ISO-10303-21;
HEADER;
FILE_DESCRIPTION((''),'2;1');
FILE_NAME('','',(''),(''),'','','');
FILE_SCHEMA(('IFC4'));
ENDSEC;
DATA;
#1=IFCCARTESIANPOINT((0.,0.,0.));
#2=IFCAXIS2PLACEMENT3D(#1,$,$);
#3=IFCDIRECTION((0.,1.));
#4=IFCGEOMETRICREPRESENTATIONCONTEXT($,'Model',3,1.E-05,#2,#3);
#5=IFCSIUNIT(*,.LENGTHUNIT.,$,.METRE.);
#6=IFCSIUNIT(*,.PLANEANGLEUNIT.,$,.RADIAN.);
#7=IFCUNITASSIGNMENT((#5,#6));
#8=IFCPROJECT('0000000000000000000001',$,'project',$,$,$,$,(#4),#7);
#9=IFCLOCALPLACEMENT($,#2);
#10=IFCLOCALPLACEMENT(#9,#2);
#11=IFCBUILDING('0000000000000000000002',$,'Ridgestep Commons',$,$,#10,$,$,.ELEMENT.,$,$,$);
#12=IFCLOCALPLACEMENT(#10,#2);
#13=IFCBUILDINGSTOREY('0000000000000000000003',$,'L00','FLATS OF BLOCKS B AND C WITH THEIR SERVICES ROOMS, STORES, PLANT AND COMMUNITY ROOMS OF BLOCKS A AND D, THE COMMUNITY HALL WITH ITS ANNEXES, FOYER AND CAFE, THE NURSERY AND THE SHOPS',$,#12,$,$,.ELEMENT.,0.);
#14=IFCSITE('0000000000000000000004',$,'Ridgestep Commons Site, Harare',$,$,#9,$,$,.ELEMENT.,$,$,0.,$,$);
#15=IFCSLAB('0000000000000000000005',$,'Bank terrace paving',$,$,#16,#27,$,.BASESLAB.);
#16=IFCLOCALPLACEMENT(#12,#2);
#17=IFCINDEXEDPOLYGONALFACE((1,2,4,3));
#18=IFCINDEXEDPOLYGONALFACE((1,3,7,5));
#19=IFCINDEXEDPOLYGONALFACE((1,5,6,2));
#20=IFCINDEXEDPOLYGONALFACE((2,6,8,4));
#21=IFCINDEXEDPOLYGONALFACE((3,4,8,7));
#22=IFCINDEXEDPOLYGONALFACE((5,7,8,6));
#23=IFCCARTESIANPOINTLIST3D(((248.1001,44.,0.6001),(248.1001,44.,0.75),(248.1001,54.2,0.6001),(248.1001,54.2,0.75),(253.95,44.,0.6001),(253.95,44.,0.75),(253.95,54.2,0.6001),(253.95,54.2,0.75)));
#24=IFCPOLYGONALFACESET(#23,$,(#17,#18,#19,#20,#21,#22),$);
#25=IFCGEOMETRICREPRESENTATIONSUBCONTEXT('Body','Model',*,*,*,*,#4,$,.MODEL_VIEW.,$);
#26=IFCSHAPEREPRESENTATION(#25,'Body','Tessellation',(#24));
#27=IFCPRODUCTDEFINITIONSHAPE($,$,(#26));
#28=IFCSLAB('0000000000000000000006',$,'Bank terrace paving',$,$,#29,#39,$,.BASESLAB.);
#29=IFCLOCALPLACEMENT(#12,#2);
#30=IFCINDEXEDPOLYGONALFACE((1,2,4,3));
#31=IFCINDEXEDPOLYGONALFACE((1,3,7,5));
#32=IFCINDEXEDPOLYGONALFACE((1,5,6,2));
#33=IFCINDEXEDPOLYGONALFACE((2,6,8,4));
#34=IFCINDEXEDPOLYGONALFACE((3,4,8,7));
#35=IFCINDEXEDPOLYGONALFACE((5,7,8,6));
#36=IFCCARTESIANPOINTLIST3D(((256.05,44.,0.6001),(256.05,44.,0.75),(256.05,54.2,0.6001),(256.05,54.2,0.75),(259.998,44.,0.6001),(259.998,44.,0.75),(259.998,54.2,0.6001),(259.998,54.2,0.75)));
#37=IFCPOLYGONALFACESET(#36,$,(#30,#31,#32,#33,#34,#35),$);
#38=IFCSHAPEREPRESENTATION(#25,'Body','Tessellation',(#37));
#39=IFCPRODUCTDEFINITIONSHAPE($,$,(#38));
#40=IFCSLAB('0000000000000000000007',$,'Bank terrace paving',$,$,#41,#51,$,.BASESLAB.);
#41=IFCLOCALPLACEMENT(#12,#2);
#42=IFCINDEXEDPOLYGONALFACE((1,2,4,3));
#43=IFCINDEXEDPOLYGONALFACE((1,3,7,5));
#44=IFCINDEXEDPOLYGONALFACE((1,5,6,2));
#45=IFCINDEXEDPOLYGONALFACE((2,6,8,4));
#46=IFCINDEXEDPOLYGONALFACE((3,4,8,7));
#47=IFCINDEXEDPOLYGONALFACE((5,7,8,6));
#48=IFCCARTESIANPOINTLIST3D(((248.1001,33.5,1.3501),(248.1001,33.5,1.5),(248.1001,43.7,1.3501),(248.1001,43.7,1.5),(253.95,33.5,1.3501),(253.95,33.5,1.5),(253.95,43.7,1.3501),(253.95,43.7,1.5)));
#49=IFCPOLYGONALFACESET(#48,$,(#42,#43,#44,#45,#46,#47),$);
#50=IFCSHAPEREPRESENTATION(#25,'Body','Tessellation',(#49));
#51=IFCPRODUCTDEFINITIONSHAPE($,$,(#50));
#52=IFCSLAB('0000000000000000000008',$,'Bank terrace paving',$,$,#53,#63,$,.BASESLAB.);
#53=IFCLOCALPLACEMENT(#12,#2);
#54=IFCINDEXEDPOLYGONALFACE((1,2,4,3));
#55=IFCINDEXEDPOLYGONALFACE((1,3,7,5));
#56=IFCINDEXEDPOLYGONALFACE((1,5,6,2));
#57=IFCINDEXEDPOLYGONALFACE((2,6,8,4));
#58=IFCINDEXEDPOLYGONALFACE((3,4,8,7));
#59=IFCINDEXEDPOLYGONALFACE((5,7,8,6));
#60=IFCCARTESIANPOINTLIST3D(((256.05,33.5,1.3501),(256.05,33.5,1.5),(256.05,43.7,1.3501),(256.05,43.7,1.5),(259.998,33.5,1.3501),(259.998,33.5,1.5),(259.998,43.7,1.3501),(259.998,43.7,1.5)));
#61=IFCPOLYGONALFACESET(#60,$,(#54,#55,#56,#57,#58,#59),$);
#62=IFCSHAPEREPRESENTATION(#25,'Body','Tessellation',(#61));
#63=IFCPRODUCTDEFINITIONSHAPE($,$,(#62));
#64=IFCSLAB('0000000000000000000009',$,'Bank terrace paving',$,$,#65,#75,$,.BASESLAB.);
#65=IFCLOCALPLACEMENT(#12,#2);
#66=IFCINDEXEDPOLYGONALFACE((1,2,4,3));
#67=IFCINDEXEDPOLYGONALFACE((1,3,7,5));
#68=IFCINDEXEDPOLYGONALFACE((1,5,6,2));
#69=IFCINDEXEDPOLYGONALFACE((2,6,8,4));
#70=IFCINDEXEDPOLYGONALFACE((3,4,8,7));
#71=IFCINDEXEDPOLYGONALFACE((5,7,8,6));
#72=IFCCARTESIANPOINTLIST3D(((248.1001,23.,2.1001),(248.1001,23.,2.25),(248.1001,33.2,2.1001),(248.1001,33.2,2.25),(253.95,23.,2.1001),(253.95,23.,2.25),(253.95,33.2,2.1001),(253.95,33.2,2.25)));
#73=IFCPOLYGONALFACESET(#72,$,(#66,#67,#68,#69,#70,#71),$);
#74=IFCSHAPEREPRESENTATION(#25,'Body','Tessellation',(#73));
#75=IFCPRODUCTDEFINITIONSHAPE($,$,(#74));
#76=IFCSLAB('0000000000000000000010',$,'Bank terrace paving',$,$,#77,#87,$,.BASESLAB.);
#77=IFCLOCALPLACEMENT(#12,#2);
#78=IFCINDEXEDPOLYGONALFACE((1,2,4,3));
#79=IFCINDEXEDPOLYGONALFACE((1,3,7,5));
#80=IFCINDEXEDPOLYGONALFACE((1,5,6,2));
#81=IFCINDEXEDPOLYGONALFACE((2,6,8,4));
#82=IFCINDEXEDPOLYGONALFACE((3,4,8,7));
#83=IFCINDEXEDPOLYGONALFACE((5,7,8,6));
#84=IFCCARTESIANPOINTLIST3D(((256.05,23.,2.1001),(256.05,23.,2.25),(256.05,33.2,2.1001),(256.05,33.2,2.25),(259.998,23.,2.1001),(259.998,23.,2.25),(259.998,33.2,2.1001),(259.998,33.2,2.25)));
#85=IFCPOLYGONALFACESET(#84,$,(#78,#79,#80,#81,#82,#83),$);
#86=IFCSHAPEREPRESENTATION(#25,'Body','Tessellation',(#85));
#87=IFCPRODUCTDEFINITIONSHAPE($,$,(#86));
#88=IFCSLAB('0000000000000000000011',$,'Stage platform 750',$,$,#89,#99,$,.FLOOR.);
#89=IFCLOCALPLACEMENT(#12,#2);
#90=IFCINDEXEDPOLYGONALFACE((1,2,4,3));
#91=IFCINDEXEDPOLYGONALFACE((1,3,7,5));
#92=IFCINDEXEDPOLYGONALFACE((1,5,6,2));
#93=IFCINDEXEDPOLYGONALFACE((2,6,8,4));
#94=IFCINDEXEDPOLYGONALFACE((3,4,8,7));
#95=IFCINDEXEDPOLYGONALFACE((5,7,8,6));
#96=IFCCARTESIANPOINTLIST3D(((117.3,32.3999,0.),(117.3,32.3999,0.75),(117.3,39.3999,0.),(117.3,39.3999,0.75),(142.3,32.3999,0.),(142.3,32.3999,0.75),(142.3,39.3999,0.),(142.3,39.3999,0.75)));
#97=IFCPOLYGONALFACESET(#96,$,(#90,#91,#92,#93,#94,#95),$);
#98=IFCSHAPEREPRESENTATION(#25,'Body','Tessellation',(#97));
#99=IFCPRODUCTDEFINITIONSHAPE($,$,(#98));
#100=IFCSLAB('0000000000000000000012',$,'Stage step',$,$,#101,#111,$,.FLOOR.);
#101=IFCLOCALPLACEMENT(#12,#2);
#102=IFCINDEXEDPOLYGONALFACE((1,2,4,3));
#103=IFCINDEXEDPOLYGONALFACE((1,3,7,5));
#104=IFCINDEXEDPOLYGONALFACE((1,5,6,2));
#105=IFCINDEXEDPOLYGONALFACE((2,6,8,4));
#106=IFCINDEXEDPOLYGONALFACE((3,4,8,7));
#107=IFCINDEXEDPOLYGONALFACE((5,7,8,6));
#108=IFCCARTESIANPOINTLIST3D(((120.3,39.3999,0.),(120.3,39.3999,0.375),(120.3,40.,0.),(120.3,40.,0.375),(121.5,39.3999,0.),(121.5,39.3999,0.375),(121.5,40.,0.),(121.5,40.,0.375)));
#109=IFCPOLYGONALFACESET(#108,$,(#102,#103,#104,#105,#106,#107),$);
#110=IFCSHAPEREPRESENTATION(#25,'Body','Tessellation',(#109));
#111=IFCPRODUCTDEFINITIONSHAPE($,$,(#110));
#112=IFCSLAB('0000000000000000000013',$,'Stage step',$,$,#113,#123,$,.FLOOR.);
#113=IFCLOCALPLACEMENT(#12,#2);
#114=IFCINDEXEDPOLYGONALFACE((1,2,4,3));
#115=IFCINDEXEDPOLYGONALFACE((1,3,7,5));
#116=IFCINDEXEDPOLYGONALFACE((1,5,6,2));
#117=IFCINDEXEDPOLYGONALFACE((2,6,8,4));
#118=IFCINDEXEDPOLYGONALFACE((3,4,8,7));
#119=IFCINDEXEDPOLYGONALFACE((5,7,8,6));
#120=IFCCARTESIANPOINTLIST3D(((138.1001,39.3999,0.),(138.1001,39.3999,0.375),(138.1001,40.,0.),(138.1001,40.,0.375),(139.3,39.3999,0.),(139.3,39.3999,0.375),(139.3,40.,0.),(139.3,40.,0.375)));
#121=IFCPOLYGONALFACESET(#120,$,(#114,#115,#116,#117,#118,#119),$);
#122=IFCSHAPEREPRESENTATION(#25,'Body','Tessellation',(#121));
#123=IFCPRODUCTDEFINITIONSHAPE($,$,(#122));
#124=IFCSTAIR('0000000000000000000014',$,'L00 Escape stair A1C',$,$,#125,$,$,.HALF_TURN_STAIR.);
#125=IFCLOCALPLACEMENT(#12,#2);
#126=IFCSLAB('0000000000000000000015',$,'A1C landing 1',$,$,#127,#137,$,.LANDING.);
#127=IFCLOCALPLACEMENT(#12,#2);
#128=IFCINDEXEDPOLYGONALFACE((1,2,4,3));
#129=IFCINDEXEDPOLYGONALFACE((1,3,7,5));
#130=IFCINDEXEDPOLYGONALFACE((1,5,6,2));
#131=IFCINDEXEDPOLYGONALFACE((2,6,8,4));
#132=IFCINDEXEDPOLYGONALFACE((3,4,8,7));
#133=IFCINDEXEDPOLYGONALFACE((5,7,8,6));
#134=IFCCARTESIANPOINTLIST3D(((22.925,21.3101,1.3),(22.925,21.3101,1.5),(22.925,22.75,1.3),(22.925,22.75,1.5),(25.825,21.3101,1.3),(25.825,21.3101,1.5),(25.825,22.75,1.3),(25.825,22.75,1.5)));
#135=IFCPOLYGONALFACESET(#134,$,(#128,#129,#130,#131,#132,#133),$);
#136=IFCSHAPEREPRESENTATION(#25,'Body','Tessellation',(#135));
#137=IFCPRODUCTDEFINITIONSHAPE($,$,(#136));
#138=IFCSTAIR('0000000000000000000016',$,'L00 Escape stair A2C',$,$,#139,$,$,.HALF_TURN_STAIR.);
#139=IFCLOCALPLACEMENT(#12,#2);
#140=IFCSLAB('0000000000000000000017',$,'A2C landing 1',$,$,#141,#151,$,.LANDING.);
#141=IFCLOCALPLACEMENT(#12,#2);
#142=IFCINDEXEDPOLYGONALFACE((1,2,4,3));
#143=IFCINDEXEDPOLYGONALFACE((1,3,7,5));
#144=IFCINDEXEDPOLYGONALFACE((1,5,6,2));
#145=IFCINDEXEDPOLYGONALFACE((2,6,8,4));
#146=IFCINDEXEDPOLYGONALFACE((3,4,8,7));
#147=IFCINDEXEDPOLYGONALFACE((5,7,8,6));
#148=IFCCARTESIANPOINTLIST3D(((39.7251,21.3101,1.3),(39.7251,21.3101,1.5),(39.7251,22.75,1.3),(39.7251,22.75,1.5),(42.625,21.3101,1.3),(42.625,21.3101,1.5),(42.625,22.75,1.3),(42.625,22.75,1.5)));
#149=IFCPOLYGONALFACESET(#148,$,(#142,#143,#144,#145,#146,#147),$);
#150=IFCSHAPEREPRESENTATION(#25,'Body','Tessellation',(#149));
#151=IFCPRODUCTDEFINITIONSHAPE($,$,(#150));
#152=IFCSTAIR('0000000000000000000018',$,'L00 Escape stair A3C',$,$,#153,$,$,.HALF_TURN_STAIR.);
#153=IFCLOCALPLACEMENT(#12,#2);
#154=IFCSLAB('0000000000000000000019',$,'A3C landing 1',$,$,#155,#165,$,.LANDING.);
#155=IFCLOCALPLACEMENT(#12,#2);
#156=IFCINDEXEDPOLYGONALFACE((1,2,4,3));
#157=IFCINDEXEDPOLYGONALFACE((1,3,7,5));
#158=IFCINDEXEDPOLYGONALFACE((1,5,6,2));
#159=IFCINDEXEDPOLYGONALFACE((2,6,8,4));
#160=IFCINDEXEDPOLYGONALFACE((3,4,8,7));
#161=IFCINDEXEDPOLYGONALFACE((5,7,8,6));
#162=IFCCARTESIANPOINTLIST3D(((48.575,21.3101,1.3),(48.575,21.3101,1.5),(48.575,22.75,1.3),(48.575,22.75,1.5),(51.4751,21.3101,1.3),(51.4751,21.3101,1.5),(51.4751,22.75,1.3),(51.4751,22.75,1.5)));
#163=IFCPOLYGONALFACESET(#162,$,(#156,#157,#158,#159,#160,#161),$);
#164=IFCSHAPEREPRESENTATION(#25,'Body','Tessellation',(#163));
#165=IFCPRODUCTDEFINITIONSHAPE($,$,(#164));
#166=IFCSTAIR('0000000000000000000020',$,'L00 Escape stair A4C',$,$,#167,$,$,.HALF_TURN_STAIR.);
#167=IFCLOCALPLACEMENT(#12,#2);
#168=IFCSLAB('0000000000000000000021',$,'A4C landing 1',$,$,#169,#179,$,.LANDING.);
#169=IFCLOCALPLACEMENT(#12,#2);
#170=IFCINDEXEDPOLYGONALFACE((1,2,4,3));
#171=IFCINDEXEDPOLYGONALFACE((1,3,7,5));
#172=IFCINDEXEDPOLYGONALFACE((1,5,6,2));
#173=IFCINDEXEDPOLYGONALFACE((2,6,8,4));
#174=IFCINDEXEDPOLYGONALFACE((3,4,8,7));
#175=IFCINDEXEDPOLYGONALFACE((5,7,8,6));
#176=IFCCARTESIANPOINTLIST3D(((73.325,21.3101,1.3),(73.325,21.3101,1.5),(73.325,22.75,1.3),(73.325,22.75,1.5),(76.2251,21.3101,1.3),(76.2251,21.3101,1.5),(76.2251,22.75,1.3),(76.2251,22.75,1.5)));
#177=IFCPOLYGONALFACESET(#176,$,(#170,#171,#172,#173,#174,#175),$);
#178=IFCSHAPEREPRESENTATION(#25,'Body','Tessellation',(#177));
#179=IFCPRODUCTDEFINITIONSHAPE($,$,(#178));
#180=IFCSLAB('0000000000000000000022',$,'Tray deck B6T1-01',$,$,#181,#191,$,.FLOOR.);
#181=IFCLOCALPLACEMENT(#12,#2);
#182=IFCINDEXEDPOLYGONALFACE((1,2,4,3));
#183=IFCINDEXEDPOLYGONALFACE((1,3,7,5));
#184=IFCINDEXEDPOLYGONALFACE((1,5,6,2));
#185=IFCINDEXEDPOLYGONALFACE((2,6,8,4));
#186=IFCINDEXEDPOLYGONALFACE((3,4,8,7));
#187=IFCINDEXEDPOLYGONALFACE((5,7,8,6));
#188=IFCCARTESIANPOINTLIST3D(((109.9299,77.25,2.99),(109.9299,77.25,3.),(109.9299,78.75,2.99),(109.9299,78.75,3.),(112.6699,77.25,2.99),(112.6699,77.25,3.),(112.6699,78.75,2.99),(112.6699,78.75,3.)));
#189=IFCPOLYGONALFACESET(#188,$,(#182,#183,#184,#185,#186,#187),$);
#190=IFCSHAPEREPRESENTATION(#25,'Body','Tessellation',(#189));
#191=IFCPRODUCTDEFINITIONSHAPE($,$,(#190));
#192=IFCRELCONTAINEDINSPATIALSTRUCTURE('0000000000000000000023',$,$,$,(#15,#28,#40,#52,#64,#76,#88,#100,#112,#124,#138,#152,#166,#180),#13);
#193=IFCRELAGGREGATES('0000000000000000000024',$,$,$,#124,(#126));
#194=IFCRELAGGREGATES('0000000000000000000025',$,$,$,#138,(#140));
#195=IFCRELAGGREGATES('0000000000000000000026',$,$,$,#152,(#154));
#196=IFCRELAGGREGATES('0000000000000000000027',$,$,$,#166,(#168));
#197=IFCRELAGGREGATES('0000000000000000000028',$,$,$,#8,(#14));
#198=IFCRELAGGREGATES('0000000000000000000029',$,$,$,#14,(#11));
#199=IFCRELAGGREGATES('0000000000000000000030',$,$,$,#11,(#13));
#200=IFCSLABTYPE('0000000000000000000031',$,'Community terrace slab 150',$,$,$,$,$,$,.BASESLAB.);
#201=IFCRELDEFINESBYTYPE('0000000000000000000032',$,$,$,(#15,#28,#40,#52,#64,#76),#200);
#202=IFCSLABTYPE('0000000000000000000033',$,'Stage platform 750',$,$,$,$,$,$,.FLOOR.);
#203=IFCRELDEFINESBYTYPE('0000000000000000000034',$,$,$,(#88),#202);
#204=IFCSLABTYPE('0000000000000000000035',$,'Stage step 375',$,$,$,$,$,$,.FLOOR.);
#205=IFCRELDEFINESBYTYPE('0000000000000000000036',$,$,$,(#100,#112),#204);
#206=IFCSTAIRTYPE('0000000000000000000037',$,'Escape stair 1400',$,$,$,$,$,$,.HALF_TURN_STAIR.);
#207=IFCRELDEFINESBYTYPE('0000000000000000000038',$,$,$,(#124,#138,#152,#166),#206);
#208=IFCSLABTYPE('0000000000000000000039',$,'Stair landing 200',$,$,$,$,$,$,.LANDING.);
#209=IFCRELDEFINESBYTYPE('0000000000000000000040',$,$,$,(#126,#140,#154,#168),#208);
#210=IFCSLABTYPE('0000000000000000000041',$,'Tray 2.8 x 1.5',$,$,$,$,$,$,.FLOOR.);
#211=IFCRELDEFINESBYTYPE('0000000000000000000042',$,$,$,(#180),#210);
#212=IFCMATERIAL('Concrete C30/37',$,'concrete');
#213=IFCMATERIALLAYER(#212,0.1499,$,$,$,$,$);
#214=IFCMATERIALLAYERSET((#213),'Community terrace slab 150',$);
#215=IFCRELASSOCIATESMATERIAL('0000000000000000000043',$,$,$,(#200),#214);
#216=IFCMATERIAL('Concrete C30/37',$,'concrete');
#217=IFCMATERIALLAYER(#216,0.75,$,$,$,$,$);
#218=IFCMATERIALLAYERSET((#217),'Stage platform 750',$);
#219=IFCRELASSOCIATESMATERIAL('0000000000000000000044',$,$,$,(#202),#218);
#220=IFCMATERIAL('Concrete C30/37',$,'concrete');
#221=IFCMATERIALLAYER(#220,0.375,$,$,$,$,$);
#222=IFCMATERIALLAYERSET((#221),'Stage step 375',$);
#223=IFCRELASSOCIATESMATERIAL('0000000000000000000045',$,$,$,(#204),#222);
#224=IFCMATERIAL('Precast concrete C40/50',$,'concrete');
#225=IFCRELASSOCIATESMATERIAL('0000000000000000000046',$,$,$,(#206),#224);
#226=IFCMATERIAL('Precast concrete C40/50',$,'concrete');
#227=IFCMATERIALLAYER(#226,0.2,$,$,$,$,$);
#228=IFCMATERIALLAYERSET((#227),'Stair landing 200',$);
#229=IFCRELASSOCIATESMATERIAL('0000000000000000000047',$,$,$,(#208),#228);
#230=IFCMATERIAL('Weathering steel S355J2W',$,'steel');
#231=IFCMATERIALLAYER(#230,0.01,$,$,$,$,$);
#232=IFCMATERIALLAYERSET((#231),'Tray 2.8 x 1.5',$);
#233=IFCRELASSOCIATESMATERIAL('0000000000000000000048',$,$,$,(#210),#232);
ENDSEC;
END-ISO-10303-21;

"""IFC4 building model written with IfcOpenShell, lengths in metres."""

from ifc_helpers import new_model, si_unit, direction, frame, origin, place, context, subcontext, project, spatial, polyline, outline, extrude, material, layer, layer_set, type_object, element, aggregate, save


model = new_model("IFC4")

# Units and contexts
model_context = context("Model", 3, precision=1e-05, world=origin(), true_north=direction((0.0, 1.0)))
body_context = subcontext(model_context, "Body", "Model", "MODEL_VIEW")
ifc_project = project(units=[si_unit("LENGTHUNIT", "METRE"), si_unit("PLANEANGLEUNIT", "RADIAN")], contexts=[model_context])

# Site, building, storey
site_placement = place(None, origin())
site = spatial("IfcSite", under=ifc_project, at=site_placement, Name="Ridgestep Commons Site, Harare", CompositionType="ELEMENT", RefElevation=0.0)
building_placement = place(site_placement, origin())
building = spatial("IfcBuilding", under=site, at=building_placement, Name="Ridgestep Commons", CompositionType="ELEMENT")
storey_placement = place(building_placement, origin())
storey = spatial("IfcBuildingStorey", under=building, at=storey_placement, Name="L00", Description="FLATS OF BLOCKS B AND C WITH THEIR SERVICES ROOMS, STORES, PLANT AND COMMUNITY ROOMS OF BLOCKS A AND D, THE COMMUNITY HALL WITH ITS ANNEXES, FOYER AND CAFE, THE NURSERY AND THE SHOPS", CompositionType="ELEMENT", Elevation=0.0)

# Slabs
ifc_material_1 = material(Name="Concrete C30/37", Category="concrete")
ifc_layer_1 = layer(ifc_material_1, 0.1499)
ifc_layer_set_1 = layer_set([ifc_layer_1], Name="Community terrace slab 150")
slab_type_1 = type_object("IfcSlabType", Name="Community terrace slab 150", PredefinedType="BASESLAB", material=ifc_layer_set_1)
slab_1_placement = place(storey_placement, frame((0.0, 0.0, 0.6001)))
element("IfcSlab", 1, at=slab_1_placement, inside=storey, type_object=slab_type_1, Name="Bank terrace paving", PredefinedType="BASESLAB", context=body_context, shape_type="SweptSolid", body=[
    extrude(outline(polyline([(248.1001, 44.0), (253.95, 44.0), (253.95, 54.2), (248.1001, 54.2), (248.1001, 44.0)])), origin(), (0.0, 0.0, 1.0), 0.1499),
])
slab_2_placement = place(storey_placement, frame((0.0, 0.0, 0.6001)))
element("IfcSlab", 2, at=slab_2_placement, inside=storey, type_object=slab_type_1, Name="Bank terrace paving", PredefinedType="BASESLAB", context=body_context, shape_type="SweptSolid", body=[
    extrude(outline(polyline([(256.05, 44.0), (259.998, 44.0), (259.998, 54.2), (256.05, 54.2), (256.05, 44.0)])), origin(), (0.0, 0.0, 1.0), 0.1499),
])
slab_3_placement = place(storey_placement, frame((0.0, 0.0, 1.3501)))
element("IfcSlab", 3, at=slab_3_placement, inside=storey, type_object=slab_type_1, Name="Bank terrace paving", PredefinedType="BASESLAB", context=body_context, shape_type="SweptSolid", body=[
    extrude(outline(polyline([(248.1001, 33.5), (253.95, 33.5), (253.95, 43.7), (248.1001, 43.7), (248.1001, 33.5)])), origin(), (0.0, 0.0, 1.0), 0.1499),
])
slab_4_placement = place(storey_placement, frame((0.0, 0.0, 1.3501)))
element("IfcSlab", 4, at=slab_4_placement, inside=storey, type_object=slab_type_1, Name="Bank terrace paving", PredefinedType="BASESLAB", context=body_context, shape_type="SweptSolid", body=[
    extrude(outline(polyline([(256.05, 33.5), (259.998, 33.5), (259.998, 43.7), (256.05, 43.7), (256.05, 33.5)])), origin(), (0.0, 0.0, 1.0), 0.1499),
])
slab_5_placement = place(storey_placement, frame((0.0, 0.0, 2.1001)))
element("IfcSlab", 5, at=slab_5_placement, inside=storey, type_object=slab_type_1, Name="Bank terrace paving", PredefinedType="BASESLAB", context=body_context, shape_type="SweptSolid", body=[
    extrude(outline(polyline([(248.1001, 23.0), (253.95, 23.0), (253.95, 33.2), (248.1001, 33.2), (248.1001, 23.0)])), origin(), (0.0, 0.0, 1.0), 0.1499),
])
slab_6_placement = place(storey_placement, frame((0.0, 0.0, 2.1001)))
element("IfcSlab", 6, at=slab_6_placement, inside=storey, type_object=slab_type_1, Name="Bank terrace paving", PredefinedType="BASESLAB", context=body_context, shape_type="SweptSolid", body=[
    extrude(outline(polyline([(256.05, 23.0), (259.998, 23.0), (259.998, 33.2), (256.05, 33.2), (256.05, 23.0)])), origin(), (0.0, 0.0, 1.0), 0.1499),
])
ifc_material_2 = material(Name="Concrete C30/37", Category="concrete")
ifc_layer_2 = layer(ifc_material_2, 0.75)
ifc_layer_set_2 = layer_set([ifc_layer_2], Name="Stage platform 750")
slab_type_2 = type_object("IfcSlabType", Name="Stage platform 750", PredefinedType="FLOOR", material=ifc_layer_set_2)
slab_7_placement = place(storey_placement, origin())
element("IfcSlab", 7, at=slab_7_placement, inside=storey, type_object=slab_type_2, Name="Stage platform 750", PredefinedType="FLOOR", context=body_context, shape_type="SweptSolid", body=[
    extrude(outline(polyline([(117.3, 32.3999), (142.3, 32.3999), (142.3, 39.3999), (117.3, 39.3999), (117.3, 32.3999)])), origin(), (0.0, 0.0, 1.0), 0.75),
])
ifc_material_3 = material(Name="Concrete C30/37", Category="concrete")
ifc_layer_3 = layer(ifc_material_3, 0.375)
ifc_layer_set_3 = layer_set([ifc_layer_3], Name="Stage step 375")
slab_type_3 = type_object("IfcSlabType", Name="Stage step 375", PredefinedType="FLOOR", material=ifc_layer_set_3)
slab_8_placement = place(storey_placement, origin())
element("IfcSlab", 8, at=slab_8_placement, inside=storey, type_object=slab_type_3, Name="Stage step", PredefinedType="FLOOR", context=body_context, shape_type="SweptSolid", body=[
    extrude(outline(polyline([(120.3, 39.3999), (121.5, 39.3999), (121.5, 40.0), (120.3, 40.0), (120.3, 39.3999)])), origin(), (0.0, 0.0, 1.0), 0.375),
])
slab_9_placement = place(storey_placement, origin())
element("IfcSlab", 9, at=slab_9_placement, inside=storey, type_object=slab_type_3, Name="Stage step", PredefinedType="FLOOR", context=body_context, shape_type="SweptSolid", body=[
    extrude(outline(polyline([(138.1001, 39.3999), (139.3, 39.3999), (139.3, 40.0), (138.1001, 40.0), (138.1001, 39.3999)])), origin(), (0.0, 0.0, 1.0), 0.375),
])

# Stairs, slabs
ifc_material_4 = material(Name="Precast concrete C40/50", Category="concrete")
stair_type = type_object("IfcStairType", Name="Escape stair 1400", PredefinedType="HALF_TURN_STAIR", material=ifc_material_4)
stair_1_placement = place(storey_placement, origin())
stair_1 = element("IfcStair", 10, at=stair_1_placement, inside=storey, type_object=stair_type, Name="L00 Escape stair A1C", PredefinedType="HALF_TURN_STAIR")
ifc_material_5 = material(Name="Precast concrete C40/50", Category="concrete")
ifc_layer_4 = layer(ifc_material_5, 0.2)
ifc_layer_set_4 = layer_set([ifc_layer_4], Name="Stair landing 200")
slab_type_4 = type_object("IfcSlabType", Name="Stair landing 200", PredefinedType="LANDING", material=ifc_layer_set_4)
slab_10_placement = place(storey_placement, frame((0.0, 0.0, 1.3)))
slab_10 = element("IfcSlab", 11, at=slab_10_placement, type_object=slab_type_4, Name="A1C landing 1", PredefinedType="LANDING", context=body_context, shape_type="SweptSolid", body=[
    extrude(outline(polyline([(25.825, 21.3101), (25.825, 22.75), (22.925, 22.75), (22.925, 21.3101), (25.825, 21.3101)])), origin(), (0.0, 0.0, 1.0), 0.2),
])
aggregate(stair_1, [slab_10])
stair_2_placement = place(storey_placement, origin())
stair_2 = element("IfcStair", 12, at=stair_2_placement, inside=storey, type_object=stair_type, Name="L00 Escape stair A2C", PredefinedType="HALF_TURN_STAIR")
slab_11_placement = place(storey_placement, frame((0.0, 0.0, 1.3)))
slab_11 = element("IfcSlab", 13, at=slab_11_placement, type_object=slab_type_4, Name="A2C landing 1", PredefinedType="LANDING", context=body_context, shape_type="SweptSolid", body=[
    extrude(outline(polyline([(42.625, 21.3101), (42.625, 22.75), (39.7251, 22.75), (39.7251, 21.3101), (42.625, 21.3101)])), origin(), (0.0, 0.0, 1.0), 0.2),
])
aggregate(stair_2, [slab_11])
stair_3_placement = place(storey_placement, origin())
stair_3 = element("IfcStair", 14, at=stair_3_placement, inside=storey, type_object=stair_type, Name="L00 Escape stair A3C", PredefinedType="HALF_TURN_STAIR")
slab_12_placement = place(storey_placement, frame((0.0, 0.0, 1.3)))
slab_12 = element("IfcSlab", 15, at=slab_12_placement, type_object=slab_type_4, Name="A3C landing 1", PredefinedType="LANDING", context=body_context, shape_type="SweptSolid", body=[
    extrude(outline(polyline([(51.4751, 21.3101), (51.4751, 22.75), (48.575, 22.75), (48.575, 21.3101), (51.4751, 21.3101)])), origin(), (0.0, 0.0, 1.0), 0.2),
])
aggregate(stair_3, [slab_12])
stair_4_placement = place(storey_placement, origin())
stair_4 = element("IfcStair", 16, at=stair_4_placement, inside=storey, type_object=stair_type, Name="L00 Escape stair A4C", PredefinedType="HALF_TURN_STAIR")
slab_13_placement = place(storey_placement, frame((0.0, 0.0, 1.3)))
slab_13 = element("IfcSlab", 17, at=slab_13_placement, type_object=slab_type_4, Name="A4C landing 1", PredefinedType="LANDING", context=body_context, shape_type="SweptSolid", body=[
    extrude(outline(polyline([(76.2251, 21.3101), (76.2251, 22.75), (73.325, 22.75), (73.325, 21.3101), (76.2251, 21.3101)])), origin(), (0.0, 0.0, 1.0), 0.2),
])
aggregate(stair_4, [slab_13])

# Slab
ifc_material_6 = material(Name="Weathering steel S355J2W", Category="steel")
ifc_layer_5 = layer(ifc_material_6, 0.01)
ifc_layer_set_5 = layer_set([ifc_layer_5], Name="Tray 2.8 x 1.5")
slab_type_5 = type_object("IfcSlabType", Name="Tray 2.8 x 1.5", PredefinedType="FLOOR", material=ifc_layer_set_5)
slab_14_placement = place(storey_placement, frame((0.0, 0.0, 2.99)))
element("IfcSlab", 18, at=slab_14_placement, inside=storey, type_object=slab_type_5, Name="Tray deck B6T1-01", PredefinedType="FLOOR", context=body_context, shape_type="SweptSolid", body=[
    extrude(outline(polyline([(109.9299, 77.25), (112.6699, 77.25), (112.6699, 78.75), (109.9299, 78.75), (109.9299, 77.25)])), origin(), (0.0, 0.0, 1.0), 0.01),
])

save(model, "model.ifc")
